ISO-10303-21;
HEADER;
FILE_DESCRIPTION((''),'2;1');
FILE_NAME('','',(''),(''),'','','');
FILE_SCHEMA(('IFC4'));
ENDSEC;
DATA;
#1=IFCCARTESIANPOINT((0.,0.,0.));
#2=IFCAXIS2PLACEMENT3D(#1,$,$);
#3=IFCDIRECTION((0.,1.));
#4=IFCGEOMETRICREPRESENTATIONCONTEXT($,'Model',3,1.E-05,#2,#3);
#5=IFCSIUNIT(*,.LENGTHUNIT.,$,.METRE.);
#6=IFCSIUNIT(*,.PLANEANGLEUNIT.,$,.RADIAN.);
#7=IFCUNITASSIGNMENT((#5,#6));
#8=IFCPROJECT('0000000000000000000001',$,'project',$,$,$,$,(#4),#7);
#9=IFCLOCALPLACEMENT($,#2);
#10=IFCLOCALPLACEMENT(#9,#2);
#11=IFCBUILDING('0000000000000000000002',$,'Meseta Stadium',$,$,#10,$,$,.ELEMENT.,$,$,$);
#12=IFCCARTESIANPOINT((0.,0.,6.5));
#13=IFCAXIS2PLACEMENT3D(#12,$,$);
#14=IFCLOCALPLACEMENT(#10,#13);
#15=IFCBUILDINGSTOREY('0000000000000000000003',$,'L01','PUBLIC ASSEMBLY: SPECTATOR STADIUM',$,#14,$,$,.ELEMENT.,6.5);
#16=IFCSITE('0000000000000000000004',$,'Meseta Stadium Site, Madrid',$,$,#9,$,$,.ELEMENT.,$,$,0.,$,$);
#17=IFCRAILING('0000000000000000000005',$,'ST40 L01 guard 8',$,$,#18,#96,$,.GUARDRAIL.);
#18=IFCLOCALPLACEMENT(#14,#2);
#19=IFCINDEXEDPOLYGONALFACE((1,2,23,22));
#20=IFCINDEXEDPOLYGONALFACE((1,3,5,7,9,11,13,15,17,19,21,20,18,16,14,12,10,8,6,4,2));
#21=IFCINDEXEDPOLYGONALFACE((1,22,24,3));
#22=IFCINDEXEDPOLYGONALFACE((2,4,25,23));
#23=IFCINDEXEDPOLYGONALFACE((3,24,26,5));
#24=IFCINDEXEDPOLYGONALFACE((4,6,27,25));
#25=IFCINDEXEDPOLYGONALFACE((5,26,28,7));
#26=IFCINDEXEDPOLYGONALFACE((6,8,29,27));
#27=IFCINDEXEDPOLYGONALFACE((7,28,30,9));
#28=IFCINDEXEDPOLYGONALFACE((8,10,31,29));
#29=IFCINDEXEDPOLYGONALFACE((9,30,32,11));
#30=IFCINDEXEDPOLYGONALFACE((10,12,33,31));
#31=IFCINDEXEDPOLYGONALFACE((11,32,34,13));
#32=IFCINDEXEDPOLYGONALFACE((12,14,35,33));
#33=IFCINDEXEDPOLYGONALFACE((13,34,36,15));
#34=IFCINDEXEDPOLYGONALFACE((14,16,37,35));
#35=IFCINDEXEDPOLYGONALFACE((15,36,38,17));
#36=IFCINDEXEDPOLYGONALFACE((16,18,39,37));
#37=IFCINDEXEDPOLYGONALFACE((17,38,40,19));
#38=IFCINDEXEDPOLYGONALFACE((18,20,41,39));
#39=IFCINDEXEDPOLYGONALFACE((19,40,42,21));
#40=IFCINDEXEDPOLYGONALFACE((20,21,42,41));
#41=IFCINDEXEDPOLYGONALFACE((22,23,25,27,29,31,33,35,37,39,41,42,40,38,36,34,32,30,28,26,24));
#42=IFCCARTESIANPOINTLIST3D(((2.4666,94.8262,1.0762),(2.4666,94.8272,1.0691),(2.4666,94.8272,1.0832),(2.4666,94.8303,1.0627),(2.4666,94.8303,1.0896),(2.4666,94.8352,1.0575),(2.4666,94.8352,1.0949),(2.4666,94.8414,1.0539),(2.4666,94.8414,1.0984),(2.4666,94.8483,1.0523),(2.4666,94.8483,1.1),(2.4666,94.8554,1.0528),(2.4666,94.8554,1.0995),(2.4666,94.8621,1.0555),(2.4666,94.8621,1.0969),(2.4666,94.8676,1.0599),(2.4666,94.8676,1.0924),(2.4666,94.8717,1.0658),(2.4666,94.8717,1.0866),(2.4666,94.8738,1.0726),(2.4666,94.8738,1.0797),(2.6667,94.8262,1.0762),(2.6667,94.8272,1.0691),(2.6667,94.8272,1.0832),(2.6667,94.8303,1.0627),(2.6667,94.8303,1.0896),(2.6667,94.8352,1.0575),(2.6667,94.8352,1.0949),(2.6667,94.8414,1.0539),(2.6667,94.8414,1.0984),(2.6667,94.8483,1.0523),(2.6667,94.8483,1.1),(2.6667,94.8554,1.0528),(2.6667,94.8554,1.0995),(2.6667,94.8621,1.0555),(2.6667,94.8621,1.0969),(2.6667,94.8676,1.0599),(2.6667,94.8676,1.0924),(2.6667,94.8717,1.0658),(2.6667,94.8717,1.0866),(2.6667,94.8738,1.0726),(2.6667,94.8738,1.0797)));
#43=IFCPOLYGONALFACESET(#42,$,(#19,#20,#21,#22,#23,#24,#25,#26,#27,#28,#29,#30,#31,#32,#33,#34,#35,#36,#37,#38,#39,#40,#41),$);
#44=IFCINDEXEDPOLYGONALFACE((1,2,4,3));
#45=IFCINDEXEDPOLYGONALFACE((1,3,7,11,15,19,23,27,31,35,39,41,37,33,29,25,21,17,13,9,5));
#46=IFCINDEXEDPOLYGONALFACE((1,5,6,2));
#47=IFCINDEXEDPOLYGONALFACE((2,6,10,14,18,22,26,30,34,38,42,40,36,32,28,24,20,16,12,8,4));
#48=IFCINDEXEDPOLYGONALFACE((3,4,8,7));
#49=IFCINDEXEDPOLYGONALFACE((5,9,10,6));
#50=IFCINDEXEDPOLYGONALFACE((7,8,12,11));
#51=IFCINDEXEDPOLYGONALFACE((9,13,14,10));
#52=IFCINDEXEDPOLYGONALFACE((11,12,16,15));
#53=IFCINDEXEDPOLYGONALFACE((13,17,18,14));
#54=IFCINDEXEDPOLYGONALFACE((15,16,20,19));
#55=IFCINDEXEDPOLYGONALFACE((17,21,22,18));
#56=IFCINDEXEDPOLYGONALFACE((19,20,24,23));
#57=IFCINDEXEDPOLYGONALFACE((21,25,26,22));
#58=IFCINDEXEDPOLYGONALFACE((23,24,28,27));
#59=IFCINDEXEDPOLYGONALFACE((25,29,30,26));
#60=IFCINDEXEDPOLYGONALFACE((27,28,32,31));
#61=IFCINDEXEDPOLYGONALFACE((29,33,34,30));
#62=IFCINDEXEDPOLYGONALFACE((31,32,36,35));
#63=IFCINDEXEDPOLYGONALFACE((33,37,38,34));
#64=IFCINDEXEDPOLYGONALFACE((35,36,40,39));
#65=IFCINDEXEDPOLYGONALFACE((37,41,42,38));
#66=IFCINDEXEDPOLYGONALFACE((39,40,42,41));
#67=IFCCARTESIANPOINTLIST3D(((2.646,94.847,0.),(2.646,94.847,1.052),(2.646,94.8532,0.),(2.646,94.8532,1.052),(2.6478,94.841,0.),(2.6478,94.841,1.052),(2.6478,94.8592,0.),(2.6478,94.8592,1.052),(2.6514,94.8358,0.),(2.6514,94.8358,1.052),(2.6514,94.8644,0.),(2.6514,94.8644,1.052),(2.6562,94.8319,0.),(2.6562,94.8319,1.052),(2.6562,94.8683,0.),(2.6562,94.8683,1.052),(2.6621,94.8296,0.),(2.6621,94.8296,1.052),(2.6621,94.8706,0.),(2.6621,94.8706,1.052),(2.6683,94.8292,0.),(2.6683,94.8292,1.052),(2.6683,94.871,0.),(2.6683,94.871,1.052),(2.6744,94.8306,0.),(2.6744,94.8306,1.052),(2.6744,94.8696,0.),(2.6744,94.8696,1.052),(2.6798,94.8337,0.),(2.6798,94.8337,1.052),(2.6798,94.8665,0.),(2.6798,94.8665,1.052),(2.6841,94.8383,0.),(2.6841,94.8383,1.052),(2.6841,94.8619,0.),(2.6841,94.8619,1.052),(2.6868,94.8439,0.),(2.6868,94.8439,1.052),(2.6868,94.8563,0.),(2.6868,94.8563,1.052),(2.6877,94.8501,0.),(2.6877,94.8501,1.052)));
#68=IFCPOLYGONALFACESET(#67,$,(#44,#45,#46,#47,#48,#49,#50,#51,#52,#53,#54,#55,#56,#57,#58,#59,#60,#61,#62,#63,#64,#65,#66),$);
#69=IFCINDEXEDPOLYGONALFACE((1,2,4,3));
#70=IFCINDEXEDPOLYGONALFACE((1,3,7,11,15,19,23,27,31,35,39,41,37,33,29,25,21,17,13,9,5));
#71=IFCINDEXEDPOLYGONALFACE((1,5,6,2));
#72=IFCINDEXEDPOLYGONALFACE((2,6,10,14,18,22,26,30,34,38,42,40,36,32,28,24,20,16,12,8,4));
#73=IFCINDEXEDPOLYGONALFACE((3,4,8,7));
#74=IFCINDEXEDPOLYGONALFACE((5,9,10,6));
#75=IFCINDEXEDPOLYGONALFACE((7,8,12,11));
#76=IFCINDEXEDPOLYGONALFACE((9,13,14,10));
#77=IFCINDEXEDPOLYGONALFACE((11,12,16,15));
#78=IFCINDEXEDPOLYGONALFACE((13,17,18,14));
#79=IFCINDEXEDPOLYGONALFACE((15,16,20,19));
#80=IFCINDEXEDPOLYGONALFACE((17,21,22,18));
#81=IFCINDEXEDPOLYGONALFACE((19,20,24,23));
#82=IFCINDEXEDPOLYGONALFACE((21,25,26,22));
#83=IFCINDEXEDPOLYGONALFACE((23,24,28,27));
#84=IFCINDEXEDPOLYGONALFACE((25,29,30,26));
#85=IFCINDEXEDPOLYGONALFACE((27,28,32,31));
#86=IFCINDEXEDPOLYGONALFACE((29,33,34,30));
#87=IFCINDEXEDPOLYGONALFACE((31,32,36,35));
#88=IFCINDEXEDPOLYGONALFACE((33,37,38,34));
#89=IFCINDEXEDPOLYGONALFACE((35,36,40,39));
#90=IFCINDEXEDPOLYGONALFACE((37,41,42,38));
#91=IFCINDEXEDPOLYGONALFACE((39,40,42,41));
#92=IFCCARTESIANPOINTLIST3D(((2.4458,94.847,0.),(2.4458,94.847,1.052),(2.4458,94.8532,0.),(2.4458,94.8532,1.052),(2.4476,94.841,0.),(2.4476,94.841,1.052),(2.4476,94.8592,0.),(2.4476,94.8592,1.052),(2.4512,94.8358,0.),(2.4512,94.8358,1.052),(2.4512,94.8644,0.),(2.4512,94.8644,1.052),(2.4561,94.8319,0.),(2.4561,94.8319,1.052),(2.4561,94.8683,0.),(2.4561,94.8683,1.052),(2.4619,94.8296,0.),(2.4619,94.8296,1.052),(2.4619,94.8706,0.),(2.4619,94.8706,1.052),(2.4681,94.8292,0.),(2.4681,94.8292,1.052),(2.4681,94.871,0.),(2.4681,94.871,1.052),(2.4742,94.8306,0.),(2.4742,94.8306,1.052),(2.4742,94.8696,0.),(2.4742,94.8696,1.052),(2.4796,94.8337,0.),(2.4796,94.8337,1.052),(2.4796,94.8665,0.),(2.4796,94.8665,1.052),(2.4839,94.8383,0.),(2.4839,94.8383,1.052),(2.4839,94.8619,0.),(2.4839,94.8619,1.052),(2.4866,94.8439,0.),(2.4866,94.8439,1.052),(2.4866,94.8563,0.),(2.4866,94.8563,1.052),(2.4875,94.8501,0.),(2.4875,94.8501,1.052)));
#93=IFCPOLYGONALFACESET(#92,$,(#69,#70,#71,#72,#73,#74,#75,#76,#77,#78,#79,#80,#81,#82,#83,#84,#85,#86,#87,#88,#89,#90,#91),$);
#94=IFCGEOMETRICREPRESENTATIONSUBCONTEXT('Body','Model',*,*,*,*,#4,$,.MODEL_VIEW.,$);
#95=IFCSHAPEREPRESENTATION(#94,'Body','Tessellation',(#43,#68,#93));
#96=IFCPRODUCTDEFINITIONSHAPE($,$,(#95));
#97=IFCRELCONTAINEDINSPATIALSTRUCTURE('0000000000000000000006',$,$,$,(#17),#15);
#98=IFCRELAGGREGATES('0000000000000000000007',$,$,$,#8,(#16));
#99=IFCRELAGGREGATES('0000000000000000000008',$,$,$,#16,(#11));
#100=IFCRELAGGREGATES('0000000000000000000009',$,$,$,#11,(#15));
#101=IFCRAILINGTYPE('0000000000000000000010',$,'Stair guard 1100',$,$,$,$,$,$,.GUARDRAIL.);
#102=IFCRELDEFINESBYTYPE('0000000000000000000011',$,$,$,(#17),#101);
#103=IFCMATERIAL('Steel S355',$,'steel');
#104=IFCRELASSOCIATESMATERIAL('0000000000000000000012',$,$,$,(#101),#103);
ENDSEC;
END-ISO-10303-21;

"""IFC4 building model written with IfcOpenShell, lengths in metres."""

from ifc_helpers import new_model, si_unit, direction, frame, origin, origin_2d, place, context, subcontext, project, spatial, circle, extrude, material, type_object, element, save


model = new_model("IFC4")

# Units and contexts
model_context = context("Model", 3, precision=1e-05, world=origin(), true_north=direction((0.0, 1.0)))
body_context = subcontext(model_context, "Body", "Model", "MODEL_VIEW")
ifc_project = project(units=[si_unit("LENGTHUNIT", "METRE"), si_unit("PLANEANGLEUNIT", "RADIAN")], contexts=[model_context])

# Site, building, storey
site_placement = place(None, origin())
site = spatial("IfcSite", under=ifc_project, at=site_placement, Name="Meseta Stadium Site, Madrid", CompositionType="ELEMENT", RefElevation=0.0)
building_placement = place(site_placement, origin())
building = spatial("IfcBuilding", under=site, at=building_placement, Name="Meseta Stadium", CompositionType="ELEMENT")
storey_placement = place(building_placement, frame((0.0, 0.0, 6.5)))
storey = spatial("IfcBuildingStorey", under=building, at=storey_placement, Name="L01", Description="PUBLIC ASSEMBLY: SPECTATOR STADIUM", CompositionType="ELEMENT", Elevation=6.5)

# Railing
ifc_material_1 = material(Name="Steel S355", Category="steel")
railing_type_1 = type_object("IfcRailingType", Name="Stair guard 1100", PredefinedType="GUARDRAIL", material=ifc_material_1)
railing_1_placement = place(storey_placement, frame((2.6667, 94.8501, 0.0)))
element("IfcRailing", 1, at=railing_1_placement, inside=storey, type_object=railing_type_1, Name="ST40 L01 guard 8", PredefinedType="GUARDRAIL", context=body_context, shape_type="SweptSolid", body=[
    extrude(circle(Radius=0.0239, at=origin_2d()), frame((0.0, 0.0, 1.0762), z_axis=(-1.0, 0.0, 0.0), x_axis=(0.0, -1.0, 0.0)), (0.0, 0.0, 1.0), 0.2002),
    extrude(circle(Radius=0.021, at=origin_2d()), origin(), (0.0, 0.0, 1.0), 1.052),
    extrude(circle(Radius=0.021, at=origin_2d()), frame((-0.2002, 0.0, 0.0)), (0.0, 0.0, 1.0), 1.052),
])

save(model, "model.ifc")
